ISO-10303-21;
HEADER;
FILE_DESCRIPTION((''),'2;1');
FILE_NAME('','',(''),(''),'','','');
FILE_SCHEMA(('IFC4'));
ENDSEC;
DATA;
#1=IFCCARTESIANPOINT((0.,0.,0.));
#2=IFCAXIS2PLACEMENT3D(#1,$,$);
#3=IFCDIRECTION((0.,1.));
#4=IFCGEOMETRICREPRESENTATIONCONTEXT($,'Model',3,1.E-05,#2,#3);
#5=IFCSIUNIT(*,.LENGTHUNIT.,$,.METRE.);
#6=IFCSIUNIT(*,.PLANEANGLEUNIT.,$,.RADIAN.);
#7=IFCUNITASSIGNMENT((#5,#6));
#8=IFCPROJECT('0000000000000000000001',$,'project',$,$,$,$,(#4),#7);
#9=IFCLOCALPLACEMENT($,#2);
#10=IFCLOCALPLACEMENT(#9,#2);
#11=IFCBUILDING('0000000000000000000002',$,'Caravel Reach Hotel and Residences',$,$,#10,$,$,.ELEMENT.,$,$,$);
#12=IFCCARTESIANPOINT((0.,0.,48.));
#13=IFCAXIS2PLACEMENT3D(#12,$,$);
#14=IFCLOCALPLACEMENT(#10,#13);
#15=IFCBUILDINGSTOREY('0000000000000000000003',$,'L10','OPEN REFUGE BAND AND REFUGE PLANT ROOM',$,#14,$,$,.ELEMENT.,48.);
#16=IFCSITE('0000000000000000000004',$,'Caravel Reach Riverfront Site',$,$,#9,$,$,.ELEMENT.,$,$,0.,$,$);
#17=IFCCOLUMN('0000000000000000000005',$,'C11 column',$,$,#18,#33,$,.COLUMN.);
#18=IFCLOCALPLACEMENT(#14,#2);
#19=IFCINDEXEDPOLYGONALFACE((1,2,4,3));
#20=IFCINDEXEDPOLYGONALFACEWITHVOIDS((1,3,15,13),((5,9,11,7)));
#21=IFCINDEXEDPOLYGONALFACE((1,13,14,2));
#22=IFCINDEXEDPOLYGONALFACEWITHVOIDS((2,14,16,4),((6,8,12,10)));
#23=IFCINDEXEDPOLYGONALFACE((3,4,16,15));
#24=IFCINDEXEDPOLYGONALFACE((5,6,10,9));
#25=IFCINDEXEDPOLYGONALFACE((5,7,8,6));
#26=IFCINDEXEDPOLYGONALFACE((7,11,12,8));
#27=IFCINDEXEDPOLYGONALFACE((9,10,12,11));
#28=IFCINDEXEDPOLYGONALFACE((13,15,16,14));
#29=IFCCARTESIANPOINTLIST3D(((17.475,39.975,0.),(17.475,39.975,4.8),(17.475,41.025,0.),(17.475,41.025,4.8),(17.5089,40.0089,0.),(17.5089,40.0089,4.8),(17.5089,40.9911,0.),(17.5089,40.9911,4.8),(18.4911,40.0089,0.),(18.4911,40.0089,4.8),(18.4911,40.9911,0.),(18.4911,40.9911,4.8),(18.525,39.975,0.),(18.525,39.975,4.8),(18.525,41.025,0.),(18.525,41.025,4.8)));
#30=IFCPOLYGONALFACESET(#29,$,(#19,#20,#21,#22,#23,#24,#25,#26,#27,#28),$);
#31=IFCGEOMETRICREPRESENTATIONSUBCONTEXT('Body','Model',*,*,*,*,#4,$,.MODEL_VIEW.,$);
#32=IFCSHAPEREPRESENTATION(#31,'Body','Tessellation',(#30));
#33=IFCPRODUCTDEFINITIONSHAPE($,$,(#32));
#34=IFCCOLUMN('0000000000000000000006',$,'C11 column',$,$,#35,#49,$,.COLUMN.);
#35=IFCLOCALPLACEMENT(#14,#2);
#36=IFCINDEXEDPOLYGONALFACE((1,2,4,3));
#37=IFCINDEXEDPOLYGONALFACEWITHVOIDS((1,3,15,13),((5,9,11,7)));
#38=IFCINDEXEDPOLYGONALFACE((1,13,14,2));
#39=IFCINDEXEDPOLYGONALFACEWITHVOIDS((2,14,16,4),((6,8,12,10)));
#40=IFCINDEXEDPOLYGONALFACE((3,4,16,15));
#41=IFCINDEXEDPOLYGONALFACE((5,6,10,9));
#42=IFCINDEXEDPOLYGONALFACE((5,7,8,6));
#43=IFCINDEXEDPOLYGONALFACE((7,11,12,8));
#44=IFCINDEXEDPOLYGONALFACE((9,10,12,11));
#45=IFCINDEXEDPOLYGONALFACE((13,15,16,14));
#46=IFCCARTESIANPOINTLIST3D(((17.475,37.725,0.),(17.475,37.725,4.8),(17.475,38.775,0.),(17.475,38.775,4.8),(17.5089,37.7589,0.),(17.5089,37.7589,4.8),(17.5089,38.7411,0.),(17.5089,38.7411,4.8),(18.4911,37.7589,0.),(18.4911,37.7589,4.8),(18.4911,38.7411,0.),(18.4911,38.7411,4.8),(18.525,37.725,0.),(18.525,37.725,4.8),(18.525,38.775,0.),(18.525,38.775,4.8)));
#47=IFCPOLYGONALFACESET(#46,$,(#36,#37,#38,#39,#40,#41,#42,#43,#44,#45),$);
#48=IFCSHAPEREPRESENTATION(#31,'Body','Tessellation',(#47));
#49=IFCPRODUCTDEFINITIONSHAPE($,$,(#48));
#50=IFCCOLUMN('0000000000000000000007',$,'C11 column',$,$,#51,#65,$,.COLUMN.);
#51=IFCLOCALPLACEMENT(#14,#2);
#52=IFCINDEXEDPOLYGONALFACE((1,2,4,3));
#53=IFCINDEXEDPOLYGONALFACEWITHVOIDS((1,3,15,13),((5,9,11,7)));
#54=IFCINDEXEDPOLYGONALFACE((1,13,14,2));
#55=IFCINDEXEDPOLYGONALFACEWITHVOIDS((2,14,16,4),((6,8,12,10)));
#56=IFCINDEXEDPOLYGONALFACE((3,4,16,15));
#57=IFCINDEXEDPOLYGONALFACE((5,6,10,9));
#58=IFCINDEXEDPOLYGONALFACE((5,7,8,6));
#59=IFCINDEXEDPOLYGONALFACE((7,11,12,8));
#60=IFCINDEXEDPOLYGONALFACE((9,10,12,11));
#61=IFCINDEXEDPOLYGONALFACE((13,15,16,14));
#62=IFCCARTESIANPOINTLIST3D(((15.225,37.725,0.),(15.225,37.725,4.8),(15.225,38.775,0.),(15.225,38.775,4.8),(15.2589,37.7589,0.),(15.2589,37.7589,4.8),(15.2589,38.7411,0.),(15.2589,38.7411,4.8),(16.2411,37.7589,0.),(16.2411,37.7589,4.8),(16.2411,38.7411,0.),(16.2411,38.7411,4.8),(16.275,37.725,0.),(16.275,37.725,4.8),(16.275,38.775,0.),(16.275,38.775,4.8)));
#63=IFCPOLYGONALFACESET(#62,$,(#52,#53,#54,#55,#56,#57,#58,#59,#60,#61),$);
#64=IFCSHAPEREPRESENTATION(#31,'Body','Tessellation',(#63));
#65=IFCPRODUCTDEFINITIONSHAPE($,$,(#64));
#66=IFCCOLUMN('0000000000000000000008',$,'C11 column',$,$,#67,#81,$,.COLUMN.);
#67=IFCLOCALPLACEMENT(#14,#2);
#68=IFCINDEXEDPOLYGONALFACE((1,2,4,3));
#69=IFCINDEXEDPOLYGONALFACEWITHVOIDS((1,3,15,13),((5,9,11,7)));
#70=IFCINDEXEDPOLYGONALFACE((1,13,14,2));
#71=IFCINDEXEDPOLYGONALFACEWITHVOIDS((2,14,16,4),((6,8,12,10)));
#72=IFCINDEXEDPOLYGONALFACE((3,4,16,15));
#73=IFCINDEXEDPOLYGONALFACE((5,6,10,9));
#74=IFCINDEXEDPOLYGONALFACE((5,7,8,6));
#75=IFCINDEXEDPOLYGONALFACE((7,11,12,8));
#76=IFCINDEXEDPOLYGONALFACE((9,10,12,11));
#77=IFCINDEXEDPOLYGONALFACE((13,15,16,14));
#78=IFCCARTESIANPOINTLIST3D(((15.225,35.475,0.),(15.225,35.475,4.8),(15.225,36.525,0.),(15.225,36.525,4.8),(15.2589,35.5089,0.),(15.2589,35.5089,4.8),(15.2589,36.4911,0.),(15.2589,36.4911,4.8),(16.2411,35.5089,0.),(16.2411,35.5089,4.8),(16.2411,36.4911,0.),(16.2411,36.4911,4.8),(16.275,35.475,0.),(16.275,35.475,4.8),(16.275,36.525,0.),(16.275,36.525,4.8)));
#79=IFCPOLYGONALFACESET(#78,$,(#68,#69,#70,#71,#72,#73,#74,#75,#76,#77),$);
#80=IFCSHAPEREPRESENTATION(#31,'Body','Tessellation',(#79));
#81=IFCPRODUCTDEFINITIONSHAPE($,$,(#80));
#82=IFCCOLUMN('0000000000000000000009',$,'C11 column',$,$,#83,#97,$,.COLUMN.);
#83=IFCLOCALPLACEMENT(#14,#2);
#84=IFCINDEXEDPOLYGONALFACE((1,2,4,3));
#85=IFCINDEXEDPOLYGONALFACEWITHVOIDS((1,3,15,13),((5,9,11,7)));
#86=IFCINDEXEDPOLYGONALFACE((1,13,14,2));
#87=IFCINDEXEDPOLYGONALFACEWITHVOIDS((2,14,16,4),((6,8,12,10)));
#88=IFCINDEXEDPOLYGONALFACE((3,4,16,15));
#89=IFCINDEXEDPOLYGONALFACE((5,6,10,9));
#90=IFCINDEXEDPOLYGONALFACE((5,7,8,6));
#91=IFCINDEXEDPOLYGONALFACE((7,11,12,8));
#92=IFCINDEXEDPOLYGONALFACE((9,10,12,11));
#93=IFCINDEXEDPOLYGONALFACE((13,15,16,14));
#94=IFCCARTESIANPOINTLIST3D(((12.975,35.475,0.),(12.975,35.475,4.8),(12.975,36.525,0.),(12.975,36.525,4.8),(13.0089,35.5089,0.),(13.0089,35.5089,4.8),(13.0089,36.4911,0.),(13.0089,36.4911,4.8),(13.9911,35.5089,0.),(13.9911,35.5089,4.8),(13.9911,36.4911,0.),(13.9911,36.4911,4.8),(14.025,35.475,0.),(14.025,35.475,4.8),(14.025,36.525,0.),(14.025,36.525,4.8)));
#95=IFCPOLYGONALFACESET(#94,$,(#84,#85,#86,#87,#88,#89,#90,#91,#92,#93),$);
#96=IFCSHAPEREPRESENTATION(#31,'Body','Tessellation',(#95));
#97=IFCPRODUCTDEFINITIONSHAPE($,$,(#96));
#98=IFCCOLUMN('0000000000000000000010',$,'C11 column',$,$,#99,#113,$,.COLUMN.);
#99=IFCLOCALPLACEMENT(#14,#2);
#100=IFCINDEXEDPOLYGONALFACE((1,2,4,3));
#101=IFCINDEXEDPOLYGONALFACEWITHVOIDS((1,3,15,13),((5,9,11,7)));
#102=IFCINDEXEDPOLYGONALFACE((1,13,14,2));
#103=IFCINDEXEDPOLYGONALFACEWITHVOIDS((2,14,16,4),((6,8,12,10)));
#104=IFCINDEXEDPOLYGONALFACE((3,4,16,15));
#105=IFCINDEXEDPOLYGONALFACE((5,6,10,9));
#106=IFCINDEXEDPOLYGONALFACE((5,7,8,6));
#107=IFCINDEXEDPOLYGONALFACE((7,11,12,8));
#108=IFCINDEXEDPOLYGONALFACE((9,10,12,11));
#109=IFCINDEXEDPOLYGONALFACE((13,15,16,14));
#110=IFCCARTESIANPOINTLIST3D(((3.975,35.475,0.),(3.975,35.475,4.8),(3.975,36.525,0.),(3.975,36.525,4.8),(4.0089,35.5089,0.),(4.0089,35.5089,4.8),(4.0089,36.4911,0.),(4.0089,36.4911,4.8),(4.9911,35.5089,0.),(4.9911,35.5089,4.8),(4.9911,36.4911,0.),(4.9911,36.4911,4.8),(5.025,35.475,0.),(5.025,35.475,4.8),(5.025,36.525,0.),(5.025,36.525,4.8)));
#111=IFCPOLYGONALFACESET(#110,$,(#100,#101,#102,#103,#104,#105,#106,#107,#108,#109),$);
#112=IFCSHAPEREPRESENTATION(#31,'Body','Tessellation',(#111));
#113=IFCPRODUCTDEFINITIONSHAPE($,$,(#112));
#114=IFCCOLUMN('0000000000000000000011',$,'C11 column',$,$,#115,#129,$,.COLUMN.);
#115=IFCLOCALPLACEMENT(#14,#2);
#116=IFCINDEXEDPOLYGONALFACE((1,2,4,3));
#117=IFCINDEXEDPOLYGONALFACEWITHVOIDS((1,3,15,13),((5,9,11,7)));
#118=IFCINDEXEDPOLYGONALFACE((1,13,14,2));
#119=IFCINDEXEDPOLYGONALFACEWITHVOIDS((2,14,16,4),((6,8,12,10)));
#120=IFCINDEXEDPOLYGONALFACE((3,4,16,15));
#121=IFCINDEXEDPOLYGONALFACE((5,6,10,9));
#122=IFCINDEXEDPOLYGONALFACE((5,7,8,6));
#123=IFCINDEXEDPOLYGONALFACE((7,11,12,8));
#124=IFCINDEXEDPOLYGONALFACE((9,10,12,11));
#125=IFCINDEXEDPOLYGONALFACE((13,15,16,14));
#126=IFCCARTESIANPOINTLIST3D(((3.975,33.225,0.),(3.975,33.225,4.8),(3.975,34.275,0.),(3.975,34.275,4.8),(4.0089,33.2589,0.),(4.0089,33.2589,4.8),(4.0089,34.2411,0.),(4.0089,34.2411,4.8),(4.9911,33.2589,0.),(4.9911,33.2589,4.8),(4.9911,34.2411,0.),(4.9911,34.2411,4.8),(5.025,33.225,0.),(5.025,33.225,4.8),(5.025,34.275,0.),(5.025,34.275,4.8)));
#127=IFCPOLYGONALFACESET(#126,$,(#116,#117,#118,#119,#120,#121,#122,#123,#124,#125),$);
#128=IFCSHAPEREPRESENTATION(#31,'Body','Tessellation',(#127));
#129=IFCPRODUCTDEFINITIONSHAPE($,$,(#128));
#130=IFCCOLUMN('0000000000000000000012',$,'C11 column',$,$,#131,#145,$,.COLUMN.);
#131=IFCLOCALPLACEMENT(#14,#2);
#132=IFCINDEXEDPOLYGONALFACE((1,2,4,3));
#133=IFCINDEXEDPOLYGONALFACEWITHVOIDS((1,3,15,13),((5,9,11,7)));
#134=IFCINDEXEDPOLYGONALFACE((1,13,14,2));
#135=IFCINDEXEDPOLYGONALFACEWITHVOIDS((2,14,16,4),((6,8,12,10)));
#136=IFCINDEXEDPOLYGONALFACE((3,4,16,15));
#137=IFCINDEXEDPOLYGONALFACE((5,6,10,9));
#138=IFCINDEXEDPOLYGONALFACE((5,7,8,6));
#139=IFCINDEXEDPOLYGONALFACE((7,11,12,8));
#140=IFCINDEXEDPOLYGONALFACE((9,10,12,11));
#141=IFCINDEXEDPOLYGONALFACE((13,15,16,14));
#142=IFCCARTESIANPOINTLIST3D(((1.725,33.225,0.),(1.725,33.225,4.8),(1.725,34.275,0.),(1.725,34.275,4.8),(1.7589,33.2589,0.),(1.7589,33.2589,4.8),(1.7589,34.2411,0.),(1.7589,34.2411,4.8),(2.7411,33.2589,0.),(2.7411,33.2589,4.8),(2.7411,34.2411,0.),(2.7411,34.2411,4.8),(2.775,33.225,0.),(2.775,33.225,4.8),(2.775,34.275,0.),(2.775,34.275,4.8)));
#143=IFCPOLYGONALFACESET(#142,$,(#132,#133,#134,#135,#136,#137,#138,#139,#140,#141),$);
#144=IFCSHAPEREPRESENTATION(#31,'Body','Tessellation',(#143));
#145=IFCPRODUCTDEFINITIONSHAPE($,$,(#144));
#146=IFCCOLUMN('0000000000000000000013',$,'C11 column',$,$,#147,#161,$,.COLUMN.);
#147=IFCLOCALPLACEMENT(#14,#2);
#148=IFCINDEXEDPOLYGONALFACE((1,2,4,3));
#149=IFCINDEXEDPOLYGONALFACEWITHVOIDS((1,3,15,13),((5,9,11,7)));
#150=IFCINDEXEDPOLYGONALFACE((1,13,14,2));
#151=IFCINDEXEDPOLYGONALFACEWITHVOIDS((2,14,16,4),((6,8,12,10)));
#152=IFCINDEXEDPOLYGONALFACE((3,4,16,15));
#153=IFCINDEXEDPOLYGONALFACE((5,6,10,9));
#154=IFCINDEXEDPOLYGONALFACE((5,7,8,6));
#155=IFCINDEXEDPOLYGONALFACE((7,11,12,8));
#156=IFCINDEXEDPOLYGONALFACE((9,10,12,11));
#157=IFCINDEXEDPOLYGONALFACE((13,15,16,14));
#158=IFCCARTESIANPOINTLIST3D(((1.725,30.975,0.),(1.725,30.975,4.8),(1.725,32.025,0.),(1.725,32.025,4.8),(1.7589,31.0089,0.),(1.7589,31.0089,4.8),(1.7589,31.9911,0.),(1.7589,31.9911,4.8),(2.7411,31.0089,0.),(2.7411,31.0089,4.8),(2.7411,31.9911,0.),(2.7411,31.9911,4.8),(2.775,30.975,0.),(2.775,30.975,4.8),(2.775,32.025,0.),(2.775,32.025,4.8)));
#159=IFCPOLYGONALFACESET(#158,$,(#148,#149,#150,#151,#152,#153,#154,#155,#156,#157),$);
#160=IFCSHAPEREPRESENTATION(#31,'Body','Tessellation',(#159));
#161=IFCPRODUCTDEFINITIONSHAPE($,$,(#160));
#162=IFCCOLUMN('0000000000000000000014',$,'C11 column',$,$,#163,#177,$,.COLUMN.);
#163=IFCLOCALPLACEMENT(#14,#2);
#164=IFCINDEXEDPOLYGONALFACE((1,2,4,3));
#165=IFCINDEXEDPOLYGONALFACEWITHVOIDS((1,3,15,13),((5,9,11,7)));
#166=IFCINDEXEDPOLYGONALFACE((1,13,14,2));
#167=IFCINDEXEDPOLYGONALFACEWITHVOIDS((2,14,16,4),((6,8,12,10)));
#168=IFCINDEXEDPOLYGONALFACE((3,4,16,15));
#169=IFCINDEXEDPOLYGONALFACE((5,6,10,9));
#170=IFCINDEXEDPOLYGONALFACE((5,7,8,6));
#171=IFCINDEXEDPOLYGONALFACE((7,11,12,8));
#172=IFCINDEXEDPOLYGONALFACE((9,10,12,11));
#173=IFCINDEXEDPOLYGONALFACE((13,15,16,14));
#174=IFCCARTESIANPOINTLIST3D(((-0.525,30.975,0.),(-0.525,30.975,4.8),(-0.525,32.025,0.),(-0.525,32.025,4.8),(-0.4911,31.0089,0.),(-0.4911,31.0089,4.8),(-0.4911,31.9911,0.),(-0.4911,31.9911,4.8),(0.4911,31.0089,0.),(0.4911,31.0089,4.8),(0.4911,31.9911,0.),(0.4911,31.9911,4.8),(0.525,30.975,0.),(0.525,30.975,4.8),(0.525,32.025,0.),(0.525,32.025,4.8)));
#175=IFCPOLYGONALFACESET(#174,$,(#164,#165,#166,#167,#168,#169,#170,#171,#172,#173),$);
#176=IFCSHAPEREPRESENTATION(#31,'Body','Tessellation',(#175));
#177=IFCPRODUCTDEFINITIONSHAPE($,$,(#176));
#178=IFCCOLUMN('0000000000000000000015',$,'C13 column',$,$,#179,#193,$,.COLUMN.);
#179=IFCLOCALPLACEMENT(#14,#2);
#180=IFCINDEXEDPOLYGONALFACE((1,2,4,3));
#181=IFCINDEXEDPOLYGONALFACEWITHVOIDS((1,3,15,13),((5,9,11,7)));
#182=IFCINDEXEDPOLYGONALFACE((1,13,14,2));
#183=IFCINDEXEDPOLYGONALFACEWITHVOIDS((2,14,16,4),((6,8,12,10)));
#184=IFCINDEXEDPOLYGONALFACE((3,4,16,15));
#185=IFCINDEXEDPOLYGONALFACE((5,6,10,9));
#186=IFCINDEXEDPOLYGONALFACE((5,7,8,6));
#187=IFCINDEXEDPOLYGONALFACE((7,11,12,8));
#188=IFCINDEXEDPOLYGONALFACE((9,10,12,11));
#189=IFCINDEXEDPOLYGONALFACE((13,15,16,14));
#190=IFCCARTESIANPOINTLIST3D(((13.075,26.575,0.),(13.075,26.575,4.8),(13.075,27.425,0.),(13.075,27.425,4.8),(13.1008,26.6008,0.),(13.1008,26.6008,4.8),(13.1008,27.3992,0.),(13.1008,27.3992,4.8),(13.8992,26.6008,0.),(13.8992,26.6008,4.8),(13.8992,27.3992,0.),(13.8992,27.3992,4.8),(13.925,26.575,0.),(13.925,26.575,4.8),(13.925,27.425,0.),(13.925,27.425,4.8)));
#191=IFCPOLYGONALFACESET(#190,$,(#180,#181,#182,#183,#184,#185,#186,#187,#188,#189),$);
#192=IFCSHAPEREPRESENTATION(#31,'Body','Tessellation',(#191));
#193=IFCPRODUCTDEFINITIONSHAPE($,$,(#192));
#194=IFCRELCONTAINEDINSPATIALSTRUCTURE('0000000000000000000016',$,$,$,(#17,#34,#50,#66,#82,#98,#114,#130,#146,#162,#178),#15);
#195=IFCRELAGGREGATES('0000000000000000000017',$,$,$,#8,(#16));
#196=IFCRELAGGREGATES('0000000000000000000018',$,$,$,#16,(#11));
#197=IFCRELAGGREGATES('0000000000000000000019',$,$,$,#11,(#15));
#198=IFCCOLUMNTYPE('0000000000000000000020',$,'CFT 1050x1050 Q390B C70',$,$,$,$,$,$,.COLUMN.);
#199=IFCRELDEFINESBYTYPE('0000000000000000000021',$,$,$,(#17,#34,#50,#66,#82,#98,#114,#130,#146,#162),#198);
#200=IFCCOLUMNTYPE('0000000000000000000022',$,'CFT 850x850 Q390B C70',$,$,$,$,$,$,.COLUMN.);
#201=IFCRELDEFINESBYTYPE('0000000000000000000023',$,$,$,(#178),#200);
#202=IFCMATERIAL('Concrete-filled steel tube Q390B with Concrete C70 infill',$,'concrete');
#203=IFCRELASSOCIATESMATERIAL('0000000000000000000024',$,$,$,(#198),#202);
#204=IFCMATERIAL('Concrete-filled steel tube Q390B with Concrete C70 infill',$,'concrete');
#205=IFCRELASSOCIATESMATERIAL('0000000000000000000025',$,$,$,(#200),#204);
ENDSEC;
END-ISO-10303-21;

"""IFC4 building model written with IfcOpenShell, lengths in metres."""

from ifc_helpers import new_model, si_unit, direction, frame, origin, origin_2d, place, context, subcontext, project, spatial, hollow_rectangle, extrude, material, material_profile, profile_set, type_object, element, save


model = new_model("IFC4")

# Units and contexts
model_context = context("Model", 3, precision=1e-05, world=origin(), true_north=direction((0.0, 1.0)))
body_context = subcontext(model_context, "Body", "Model", "MODEL_VIEW")
ifc_project = project(units=[si_unit("LENGTHUNIT", "METRE"), si_unit("PLANEANGLEUNIT", "RADIAN")], contexts=[model_context])

# Site, building, storey
site_placement = place(None, origin())
site = spatial("IfcSite", under=ifc_project, at=site_placement, Name="Caravel Reach Riverfront Site", CompositionType="ELEMENT", RefElevation=0.0)
building_placement = place(site_placement, origin())
building = spatial("IfcBuilding", under=site, at=building_placement, Name="Caravel Reach Hotel and Residences", CompositionType="ELEMENT")
storey_placement = place(building_placement, frame((0.0, 0.0, 48.0)))
storey = spatial("IfcBuildingStorey", under=building, at=storey_placement, Name="L10", Description="OPEN REFUGE BAND AND REFUGE PLANT ROOM", CompositionType="ELEMENT", Elevation=48.0)

# Columns
ifc_material_1 = material(Name="Concrete-filled steel tube Q390B with Concrete C70 infill", Category="concrete")
ifc_material_profile_1 = material_profile(ifc_material_1, hollow_rectangle(XDim=1.05, YDim=1.05, WallThickness=0.0339, at=origin_2d()), Name="RHS 1050x1050x34")
ifc_profile_set_1 = profile_set([ifc_material_profile_1], Name="Concrete-filled steel tube Q390B with Concrete C70 infill")
column_type_1 = type_object("IfcColumnType", Name="CFT 1050x1050 Q390B C70", PredefinedType="COLUMN", material=ifc_profile_set_1)
for number, where, z_axis, x_axis, name in (
    (1, (18.0, 40.5, 0.0), (0.0, 0.0, 1.0), (1.0, 0.0, 0.0), "C11 column"),
    (2, (18.0, 38.25, 0.0), (0.0, 0.0, 1.0), (1.0, 0.0, 0.0), "C11 column"),
    (3, (15.75, 38.25, 0.0), (0.0, 0.0, 1.0), (1.0, 0.0, 0.0), "C11 column"),
    (4, (15.75, 36.0, 0.0), (0.0, 0.0, 1.0), (1.0, 0.0, 0.0), "C11 column"),
    (5, (13.5, 36.0, 0.0), (0.0, 0.0, 1.0), (1.0, 0.0, 0.0), "C11 column"),
    (6, (4.5, 36.0, 0.0), (0.0, 0.0, 1.0), (1.0, 0.0, 0.0), "C11 column"),
    (7, (4.5, 33.75, 0.0), (0.0, 0.0, 1.0), (1.0, 0.0, 0.0), "C11 column"),
    (8, (2.25, 33.75, 0.0), (0.0, 0.0, 1.0), (1.0, 0.0, 0.0), "C11 column"),
    (9, (2.25, 31.5, 0.0), (0.0, 0.0, 1.0), (1.0, 0.0, 0.0), "C11 column"),
    (10, (0.0, 31.5, 0.0), (0.0, 0.0, 1.0), (1.0, 0.0, 0.0), "C11 column"),
):
    element("IfcColumn", number, at=place(storey_placement, frame(where, z_axis=z_axis, x_axis=x_axis)), inside=storey, type_object=column_type_1, Name=name, PredefinedType="COLUMN", context=body_context, shape_type="SweptSolid", body=[
        extrude(hollow_rectangle(XDim=1.05, YDim=1.05, WallThickness=0.0339, at=origin_2d()), origin(), (0.0, 0.0, 1.0), 4.8),
    ])
ifc_material_2 = material(Name="Concrete-filled steel tube Q390B with Concrete C70 infill", Category="concrete")
ifc_material_profile_2 = material_profile(ifc_material_2, hollow_rectangle(XDim=0.8501, YDim=0.8501, WallThickness=0.0259, at=origin_2d()), Name="RHS 850x850x26")
ifc_profile_set_2 = profile_set([ifc_material_profile_2], Name="Concrete-filled steel tube Q390B with Concrete C70 infill")
column_type_2 = type_object("IfcColumnType", Name="CFT 850x850 Q390B C70", PredefinedType="COLUMN", material=ifc_profile_set_2)
column_placement = place(storey_placement, frame((13.5, 27.0, 0.0), z_axis=(0.0, 0.0, 1.0), x_axis=(1.0, 0.0, 0.0)))
element("IfcColumn", 11, at=column_placement, inside=storey, type_object=column_type_2, Name="C13 column", PredefinedType="COLUMN", context=body_context, shape_type="SweptSolid", body=[
    extrude(hollow_rectangle(XDim=0.8501, YDim=0.8501, WallThickness=0.0259, at=origin_2d()), origin(), (0.0, 0.0, 1.0), 4.8),
])

save(model, "model.ifc")
